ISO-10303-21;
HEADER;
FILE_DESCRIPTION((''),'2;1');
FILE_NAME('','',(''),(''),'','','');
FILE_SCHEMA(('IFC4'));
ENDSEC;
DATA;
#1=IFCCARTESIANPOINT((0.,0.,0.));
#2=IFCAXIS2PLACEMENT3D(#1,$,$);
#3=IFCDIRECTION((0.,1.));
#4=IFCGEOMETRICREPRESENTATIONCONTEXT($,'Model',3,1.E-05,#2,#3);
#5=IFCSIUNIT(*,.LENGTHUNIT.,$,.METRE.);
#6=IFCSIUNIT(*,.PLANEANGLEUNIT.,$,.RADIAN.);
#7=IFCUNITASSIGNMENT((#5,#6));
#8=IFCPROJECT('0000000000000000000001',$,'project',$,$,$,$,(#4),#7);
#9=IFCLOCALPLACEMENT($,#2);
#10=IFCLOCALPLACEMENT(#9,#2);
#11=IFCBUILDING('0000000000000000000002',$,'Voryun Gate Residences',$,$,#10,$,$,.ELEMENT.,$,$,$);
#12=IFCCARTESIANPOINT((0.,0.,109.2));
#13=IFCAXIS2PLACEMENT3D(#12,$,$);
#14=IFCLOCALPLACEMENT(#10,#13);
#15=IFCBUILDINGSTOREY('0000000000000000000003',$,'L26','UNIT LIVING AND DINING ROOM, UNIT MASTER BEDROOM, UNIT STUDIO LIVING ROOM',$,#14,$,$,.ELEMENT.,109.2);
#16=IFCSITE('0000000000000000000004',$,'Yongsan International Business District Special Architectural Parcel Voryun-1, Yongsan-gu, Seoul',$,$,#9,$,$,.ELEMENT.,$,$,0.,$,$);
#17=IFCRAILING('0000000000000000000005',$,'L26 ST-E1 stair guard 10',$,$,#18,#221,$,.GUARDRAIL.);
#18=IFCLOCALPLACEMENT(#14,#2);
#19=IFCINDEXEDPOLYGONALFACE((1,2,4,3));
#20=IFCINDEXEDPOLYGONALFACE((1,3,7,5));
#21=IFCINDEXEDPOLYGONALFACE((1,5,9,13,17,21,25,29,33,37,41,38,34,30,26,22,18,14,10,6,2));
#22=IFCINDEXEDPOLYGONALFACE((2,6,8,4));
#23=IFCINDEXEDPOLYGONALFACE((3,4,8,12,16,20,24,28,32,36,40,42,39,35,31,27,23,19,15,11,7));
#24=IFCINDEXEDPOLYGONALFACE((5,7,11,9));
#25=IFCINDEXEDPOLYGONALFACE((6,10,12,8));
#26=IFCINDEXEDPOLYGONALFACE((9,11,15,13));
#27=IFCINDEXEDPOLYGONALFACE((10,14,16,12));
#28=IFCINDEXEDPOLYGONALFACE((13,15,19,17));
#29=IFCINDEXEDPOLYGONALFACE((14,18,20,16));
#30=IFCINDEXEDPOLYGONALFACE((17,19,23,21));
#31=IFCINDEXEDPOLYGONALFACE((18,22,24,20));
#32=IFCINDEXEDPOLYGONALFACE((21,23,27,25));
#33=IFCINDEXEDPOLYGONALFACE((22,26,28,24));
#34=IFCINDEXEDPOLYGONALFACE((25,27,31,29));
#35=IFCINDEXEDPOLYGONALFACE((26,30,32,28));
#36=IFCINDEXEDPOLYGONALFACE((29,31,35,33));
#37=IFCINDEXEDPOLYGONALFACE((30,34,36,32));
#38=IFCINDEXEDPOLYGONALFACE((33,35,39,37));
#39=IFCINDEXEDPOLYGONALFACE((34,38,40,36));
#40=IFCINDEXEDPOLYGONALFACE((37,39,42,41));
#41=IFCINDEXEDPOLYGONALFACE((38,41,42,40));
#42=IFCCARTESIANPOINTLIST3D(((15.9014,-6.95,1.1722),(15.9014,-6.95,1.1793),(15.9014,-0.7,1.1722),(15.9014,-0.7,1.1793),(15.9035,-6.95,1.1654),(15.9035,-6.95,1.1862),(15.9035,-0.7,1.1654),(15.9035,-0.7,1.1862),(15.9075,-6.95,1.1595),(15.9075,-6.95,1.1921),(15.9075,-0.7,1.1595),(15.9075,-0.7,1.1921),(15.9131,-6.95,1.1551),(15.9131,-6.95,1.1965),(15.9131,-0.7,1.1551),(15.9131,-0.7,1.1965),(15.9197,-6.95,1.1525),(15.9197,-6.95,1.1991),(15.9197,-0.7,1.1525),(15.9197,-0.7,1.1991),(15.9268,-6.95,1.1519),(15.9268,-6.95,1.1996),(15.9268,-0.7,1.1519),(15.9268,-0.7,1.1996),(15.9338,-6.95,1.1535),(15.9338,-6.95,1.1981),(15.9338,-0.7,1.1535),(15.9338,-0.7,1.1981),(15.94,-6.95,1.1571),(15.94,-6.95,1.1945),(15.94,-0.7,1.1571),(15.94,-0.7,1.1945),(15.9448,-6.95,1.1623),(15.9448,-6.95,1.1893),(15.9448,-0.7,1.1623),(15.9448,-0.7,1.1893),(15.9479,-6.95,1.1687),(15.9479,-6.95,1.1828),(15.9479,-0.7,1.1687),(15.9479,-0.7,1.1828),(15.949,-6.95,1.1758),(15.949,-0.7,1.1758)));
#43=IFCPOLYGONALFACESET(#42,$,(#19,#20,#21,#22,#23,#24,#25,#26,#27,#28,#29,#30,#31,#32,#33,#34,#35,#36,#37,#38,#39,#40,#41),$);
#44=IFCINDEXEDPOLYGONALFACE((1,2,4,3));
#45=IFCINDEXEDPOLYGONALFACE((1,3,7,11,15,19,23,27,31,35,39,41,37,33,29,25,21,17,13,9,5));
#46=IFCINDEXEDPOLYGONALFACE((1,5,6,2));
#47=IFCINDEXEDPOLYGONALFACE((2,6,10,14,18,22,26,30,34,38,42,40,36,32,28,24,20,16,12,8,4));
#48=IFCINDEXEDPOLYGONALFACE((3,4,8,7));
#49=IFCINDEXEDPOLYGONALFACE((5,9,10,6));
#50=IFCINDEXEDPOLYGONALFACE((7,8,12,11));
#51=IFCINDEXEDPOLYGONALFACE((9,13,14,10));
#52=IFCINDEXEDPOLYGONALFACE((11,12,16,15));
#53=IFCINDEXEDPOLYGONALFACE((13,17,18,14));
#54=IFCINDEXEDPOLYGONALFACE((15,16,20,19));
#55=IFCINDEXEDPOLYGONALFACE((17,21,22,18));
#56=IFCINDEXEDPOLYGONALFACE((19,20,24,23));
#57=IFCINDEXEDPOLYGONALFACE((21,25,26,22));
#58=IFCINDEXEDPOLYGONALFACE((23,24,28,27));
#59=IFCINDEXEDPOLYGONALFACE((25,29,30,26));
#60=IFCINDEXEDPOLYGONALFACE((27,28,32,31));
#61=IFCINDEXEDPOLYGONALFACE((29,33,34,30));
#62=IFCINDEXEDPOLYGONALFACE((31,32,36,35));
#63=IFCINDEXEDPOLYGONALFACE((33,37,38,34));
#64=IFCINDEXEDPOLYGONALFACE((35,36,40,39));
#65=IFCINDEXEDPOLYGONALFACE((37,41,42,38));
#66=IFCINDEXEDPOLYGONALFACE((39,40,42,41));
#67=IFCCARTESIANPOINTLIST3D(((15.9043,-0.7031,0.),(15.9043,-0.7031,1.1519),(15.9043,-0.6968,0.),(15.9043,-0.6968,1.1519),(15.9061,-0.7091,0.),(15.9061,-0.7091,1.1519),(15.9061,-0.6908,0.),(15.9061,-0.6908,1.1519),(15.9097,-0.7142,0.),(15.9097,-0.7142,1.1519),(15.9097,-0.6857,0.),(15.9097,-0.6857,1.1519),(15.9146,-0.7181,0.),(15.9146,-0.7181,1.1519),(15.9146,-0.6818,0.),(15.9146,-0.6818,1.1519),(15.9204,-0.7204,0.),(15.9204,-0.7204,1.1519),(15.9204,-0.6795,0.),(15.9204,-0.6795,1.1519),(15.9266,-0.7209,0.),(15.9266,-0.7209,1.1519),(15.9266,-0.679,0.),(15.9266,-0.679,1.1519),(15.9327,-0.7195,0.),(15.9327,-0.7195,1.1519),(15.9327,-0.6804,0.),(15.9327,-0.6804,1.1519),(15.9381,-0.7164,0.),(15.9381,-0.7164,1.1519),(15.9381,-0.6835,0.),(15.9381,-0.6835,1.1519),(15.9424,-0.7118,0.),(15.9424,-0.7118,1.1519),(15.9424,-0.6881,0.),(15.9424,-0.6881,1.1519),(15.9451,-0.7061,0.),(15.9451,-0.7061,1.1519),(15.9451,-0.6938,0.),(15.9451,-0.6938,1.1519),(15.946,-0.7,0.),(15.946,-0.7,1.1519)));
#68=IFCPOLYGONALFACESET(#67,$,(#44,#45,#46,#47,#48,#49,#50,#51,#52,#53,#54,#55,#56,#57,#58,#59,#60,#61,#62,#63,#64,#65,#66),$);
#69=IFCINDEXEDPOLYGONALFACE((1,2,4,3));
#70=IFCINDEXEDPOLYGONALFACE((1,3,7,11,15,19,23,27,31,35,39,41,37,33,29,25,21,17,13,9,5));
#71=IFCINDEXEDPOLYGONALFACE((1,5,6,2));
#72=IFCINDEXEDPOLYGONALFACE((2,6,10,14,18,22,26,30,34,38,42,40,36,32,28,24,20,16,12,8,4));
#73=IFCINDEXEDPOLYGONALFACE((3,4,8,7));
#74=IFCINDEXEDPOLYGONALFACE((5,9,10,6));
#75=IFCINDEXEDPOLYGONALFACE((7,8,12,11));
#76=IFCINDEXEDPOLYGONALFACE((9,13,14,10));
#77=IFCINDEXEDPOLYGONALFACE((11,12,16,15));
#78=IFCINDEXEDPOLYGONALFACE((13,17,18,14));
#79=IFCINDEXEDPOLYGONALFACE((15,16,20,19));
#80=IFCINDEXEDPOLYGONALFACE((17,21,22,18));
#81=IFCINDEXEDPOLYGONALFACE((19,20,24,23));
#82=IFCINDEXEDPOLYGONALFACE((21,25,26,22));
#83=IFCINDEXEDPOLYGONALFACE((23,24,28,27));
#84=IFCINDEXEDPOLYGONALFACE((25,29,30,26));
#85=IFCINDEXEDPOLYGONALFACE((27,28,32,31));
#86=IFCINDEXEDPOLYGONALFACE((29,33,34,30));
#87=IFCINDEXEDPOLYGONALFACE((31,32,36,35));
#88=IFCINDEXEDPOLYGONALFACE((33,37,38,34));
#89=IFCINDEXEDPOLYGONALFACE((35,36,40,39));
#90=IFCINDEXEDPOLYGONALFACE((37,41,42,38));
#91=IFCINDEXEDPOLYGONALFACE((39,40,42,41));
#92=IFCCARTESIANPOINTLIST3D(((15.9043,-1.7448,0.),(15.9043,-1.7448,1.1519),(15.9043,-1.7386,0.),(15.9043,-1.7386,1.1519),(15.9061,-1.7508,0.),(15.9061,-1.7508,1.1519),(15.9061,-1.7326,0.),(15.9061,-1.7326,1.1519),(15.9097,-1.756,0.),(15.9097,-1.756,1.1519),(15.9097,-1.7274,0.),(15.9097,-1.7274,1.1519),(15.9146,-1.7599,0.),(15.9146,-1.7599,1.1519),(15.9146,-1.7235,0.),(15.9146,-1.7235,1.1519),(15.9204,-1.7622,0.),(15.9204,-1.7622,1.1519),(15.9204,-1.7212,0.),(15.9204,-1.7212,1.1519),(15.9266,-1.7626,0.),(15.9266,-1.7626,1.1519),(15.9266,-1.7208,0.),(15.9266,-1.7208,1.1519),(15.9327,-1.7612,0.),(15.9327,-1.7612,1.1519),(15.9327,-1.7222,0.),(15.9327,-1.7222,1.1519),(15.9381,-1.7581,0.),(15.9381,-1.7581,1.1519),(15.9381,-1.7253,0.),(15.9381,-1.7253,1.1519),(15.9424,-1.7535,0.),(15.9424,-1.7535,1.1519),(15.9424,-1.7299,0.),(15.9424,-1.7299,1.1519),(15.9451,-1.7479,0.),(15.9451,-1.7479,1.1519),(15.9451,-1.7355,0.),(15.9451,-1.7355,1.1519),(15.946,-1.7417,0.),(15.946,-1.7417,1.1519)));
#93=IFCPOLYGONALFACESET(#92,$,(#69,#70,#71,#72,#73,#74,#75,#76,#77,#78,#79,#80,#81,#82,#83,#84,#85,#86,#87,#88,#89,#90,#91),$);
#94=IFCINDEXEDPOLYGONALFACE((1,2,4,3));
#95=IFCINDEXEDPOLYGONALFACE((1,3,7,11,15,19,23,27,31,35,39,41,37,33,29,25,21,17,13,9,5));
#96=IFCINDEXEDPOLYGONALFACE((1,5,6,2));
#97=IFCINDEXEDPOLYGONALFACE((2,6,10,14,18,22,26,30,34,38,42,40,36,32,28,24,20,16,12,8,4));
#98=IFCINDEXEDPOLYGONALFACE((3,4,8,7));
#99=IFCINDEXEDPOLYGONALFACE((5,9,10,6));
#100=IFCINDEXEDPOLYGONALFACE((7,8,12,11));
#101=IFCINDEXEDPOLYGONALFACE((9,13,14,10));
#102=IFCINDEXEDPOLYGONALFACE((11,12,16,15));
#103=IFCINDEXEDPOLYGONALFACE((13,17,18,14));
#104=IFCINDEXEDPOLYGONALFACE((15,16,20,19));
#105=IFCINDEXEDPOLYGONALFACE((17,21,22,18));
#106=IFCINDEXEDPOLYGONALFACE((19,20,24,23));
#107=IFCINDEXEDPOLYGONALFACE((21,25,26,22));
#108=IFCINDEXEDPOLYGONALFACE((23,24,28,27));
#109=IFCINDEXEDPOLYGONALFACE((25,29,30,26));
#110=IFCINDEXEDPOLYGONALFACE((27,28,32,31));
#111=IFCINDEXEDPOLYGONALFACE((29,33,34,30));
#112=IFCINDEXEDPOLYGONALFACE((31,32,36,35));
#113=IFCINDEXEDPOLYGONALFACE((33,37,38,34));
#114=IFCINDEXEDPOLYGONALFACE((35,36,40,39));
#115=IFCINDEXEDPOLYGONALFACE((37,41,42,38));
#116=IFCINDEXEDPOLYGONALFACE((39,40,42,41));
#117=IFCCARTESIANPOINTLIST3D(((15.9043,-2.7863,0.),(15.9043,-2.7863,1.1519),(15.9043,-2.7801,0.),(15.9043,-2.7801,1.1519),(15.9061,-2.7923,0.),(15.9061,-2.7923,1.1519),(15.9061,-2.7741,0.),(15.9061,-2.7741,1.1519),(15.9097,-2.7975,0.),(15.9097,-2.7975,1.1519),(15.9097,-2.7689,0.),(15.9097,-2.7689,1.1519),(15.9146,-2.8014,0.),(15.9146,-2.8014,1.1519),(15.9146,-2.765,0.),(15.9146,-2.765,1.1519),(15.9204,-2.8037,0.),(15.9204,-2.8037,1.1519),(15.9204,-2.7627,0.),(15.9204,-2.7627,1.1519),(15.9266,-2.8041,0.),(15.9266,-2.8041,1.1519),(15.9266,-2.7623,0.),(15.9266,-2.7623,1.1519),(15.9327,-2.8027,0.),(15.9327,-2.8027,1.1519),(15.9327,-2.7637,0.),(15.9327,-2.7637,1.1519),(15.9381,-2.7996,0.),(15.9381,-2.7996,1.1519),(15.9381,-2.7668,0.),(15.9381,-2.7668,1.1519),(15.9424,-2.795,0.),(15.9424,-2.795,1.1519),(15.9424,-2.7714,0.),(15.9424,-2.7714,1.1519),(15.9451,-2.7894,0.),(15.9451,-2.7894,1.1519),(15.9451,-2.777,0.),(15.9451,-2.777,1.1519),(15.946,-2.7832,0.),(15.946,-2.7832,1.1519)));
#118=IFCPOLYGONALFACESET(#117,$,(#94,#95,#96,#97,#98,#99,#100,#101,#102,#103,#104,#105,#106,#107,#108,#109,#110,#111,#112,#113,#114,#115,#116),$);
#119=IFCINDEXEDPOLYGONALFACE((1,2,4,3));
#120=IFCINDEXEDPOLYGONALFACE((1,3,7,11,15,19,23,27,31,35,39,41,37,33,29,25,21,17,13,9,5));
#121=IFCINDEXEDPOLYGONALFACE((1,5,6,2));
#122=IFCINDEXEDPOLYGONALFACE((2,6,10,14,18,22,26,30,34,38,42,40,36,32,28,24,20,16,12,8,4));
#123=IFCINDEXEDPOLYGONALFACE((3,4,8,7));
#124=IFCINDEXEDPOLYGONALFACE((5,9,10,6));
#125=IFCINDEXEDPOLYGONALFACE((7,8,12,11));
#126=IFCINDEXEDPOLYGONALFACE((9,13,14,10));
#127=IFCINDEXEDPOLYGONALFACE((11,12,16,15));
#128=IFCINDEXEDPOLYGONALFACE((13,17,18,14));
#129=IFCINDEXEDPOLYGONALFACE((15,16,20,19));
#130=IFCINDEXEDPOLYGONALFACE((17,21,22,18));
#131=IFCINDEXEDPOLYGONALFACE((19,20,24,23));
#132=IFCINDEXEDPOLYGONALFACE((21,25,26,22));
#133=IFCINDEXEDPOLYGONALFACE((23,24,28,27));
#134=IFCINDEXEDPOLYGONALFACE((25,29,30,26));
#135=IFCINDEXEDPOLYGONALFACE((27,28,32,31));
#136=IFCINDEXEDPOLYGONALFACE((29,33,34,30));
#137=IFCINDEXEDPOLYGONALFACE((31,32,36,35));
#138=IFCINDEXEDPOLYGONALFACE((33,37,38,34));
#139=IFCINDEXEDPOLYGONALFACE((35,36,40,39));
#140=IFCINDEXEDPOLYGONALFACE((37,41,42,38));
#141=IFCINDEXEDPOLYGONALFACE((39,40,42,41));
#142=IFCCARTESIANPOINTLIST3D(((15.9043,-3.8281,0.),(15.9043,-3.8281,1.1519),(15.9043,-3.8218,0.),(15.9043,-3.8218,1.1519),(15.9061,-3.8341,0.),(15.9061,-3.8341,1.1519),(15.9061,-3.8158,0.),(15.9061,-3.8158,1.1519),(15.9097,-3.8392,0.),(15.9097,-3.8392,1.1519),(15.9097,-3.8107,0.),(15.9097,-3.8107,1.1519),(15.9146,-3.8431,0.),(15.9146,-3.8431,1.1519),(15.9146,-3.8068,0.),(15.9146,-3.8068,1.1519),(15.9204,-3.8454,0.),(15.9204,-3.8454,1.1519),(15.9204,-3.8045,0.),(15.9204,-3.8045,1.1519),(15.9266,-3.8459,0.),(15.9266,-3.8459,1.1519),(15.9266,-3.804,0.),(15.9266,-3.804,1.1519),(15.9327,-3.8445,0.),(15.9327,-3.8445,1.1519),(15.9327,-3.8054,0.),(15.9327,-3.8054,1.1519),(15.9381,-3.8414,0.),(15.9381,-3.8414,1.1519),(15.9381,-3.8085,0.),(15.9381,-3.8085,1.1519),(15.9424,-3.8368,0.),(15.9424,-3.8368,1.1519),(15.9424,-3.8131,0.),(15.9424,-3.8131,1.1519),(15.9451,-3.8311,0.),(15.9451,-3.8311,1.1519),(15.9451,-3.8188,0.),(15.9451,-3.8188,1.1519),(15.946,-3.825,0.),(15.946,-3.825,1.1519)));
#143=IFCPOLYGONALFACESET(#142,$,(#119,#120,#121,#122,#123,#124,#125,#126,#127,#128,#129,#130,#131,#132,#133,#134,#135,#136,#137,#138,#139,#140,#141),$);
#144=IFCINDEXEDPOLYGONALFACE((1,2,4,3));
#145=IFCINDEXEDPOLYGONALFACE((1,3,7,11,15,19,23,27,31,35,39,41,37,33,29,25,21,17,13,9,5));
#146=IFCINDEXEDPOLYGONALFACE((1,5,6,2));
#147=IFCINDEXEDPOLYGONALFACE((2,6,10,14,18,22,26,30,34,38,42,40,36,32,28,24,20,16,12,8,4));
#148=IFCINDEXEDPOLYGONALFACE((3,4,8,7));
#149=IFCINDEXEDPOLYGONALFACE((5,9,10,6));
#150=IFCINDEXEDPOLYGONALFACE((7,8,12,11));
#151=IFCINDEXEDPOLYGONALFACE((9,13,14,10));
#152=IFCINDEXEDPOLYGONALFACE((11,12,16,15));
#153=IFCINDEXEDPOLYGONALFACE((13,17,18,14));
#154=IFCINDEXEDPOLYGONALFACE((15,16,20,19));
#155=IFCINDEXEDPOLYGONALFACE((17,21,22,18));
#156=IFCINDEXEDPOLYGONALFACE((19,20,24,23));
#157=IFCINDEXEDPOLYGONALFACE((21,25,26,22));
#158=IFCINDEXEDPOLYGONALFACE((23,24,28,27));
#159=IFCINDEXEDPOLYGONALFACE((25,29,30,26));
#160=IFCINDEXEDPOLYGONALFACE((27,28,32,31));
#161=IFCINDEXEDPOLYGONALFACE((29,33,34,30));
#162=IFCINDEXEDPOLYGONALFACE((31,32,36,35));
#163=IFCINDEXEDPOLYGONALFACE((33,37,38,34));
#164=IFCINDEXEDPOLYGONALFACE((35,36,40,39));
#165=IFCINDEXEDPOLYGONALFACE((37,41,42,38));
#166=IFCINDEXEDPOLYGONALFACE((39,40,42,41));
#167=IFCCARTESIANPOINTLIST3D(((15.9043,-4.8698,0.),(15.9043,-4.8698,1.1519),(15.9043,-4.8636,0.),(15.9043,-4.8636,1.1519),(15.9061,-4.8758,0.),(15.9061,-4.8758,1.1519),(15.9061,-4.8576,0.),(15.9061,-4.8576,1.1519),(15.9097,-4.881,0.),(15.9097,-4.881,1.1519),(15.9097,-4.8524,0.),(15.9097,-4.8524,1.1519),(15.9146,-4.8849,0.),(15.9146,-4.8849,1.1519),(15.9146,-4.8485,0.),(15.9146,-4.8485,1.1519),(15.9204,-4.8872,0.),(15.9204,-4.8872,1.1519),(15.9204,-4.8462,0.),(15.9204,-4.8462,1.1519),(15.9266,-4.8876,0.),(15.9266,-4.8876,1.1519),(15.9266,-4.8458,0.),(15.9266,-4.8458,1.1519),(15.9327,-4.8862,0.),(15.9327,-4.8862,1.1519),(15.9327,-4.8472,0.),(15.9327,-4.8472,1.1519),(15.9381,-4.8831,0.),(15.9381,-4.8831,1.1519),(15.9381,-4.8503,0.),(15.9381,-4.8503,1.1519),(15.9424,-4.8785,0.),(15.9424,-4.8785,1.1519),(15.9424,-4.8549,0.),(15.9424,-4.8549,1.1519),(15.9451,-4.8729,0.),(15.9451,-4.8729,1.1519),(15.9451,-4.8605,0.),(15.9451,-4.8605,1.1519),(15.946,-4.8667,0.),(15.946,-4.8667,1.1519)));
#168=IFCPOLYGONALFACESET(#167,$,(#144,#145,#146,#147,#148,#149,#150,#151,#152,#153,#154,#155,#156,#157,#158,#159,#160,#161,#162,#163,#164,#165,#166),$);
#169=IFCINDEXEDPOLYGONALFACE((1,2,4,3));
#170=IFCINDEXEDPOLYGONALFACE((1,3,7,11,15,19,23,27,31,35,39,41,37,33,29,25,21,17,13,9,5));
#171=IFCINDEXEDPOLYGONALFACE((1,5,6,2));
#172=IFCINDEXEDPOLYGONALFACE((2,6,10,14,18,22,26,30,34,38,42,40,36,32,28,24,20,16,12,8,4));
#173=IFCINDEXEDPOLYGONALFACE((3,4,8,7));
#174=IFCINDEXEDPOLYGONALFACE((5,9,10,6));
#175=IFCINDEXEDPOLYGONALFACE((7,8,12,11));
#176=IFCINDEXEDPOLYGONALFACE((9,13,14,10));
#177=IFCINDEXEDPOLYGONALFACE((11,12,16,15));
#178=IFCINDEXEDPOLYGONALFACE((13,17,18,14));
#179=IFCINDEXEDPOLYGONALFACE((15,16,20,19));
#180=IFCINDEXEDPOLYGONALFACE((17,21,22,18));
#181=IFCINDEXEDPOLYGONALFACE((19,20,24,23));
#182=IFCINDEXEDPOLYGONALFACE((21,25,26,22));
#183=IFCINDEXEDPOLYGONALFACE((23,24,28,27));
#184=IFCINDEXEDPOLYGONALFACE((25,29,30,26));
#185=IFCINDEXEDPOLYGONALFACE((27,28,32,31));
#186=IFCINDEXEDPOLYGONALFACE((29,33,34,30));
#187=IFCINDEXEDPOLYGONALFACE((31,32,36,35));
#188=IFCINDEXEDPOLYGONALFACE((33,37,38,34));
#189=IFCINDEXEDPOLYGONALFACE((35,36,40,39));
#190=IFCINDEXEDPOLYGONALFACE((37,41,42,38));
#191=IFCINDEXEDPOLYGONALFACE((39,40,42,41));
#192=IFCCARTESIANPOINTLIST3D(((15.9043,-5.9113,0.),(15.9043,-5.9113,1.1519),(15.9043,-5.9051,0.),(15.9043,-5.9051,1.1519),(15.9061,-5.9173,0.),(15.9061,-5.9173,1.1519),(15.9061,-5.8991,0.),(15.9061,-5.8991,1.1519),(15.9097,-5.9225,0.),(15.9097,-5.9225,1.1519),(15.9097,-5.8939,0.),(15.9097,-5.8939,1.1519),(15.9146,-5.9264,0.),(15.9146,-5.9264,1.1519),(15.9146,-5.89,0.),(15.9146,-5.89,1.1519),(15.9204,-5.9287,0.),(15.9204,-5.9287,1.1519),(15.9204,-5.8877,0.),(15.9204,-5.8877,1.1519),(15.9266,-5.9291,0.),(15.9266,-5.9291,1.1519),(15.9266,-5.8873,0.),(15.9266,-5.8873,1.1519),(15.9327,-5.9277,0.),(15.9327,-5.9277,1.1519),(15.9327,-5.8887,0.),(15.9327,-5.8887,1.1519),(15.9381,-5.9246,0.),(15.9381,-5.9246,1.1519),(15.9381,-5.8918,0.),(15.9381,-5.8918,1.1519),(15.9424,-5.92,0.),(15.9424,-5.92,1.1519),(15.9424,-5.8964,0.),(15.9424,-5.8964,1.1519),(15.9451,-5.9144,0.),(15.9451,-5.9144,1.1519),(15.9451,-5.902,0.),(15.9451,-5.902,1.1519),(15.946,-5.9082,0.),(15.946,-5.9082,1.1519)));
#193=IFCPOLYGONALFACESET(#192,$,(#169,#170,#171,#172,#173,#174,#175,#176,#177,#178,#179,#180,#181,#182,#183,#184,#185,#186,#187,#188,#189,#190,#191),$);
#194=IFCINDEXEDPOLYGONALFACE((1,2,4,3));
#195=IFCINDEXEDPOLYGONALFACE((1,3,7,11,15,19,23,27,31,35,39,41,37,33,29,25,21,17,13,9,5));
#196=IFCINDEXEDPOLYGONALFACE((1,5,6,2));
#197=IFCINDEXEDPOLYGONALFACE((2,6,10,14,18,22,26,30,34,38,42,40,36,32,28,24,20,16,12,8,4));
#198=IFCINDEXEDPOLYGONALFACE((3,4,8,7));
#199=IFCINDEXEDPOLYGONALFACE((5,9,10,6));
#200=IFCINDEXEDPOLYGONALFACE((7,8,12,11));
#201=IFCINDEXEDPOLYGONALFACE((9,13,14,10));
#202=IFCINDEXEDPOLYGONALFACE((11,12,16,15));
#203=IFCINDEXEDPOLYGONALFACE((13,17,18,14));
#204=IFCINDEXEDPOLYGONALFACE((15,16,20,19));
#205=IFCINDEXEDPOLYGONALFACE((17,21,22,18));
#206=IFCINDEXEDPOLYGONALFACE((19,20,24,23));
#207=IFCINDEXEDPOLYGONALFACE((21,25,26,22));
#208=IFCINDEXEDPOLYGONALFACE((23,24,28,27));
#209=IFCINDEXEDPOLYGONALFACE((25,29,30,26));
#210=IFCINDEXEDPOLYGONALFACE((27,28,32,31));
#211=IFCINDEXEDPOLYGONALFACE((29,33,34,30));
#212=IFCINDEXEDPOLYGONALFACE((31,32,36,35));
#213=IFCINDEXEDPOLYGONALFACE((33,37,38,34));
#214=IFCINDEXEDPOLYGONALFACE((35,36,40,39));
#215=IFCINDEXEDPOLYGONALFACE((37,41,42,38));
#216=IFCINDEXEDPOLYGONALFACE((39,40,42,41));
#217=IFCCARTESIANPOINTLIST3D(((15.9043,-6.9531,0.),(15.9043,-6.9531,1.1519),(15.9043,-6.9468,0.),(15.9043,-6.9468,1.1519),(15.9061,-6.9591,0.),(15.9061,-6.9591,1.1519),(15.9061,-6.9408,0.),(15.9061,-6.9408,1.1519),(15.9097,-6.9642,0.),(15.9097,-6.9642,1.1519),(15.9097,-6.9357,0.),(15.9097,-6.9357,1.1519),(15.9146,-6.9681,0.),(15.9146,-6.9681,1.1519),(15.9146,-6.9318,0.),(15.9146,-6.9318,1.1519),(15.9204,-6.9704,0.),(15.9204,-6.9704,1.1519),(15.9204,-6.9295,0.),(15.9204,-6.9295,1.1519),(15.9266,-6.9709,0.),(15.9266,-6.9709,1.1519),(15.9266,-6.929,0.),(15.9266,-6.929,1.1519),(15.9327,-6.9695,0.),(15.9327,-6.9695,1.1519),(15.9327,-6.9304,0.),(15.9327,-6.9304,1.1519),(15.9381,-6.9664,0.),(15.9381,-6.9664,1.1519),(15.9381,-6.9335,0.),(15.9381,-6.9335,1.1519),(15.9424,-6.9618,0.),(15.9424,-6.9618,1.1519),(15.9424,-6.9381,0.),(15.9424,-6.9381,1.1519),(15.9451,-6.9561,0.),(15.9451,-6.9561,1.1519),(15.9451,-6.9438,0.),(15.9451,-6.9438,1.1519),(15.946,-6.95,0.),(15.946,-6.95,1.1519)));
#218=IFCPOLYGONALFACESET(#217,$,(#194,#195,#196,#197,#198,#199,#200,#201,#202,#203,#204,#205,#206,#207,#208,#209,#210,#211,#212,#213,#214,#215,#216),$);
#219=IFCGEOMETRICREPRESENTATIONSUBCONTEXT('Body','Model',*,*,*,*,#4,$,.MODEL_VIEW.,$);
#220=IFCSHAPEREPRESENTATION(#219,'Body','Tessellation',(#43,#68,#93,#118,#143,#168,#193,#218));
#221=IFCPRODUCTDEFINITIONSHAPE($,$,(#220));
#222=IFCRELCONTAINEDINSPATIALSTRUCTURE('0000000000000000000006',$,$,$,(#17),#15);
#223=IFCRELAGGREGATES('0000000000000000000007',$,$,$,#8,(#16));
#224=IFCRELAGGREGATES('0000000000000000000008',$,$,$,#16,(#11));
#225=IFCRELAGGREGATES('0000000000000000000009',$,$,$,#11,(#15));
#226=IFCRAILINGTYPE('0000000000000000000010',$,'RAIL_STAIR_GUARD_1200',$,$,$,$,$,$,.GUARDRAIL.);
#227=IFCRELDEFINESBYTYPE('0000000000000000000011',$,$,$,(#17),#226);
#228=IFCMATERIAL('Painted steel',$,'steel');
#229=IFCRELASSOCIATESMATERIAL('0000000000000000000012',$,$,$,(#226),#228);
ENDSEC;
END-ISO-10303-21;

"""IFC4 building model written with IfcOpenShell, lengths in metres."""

from ifc_helpers import new_model, si_unit, direction, frame, origin, origin_2d, place, context, subcontext, project, spatial, circle, extrude, material, type_object, element, save


model = new_model("IFC4")

# Units and contexts
model_context = context("Model", 3, precision=1e-05, world=origin(), true_north=direction((0.0, 1.0)))
body_context = subcontext(model_context, "Body", "Model", "MODEL_VIEW")
ifc_project = project(units=[si_unit("LENGTHUNIT", "METRE"), si_unit("PLANEANGLEUNIT", "RADIAN")], contexts=[model_context])

# Site, building, storey
site_placement = place(None, origin())
site = spatial("IfcSite", under=ifc_project, at=site_placement, Name="Yongsan International Business District Special Architectural Parcel Voryun-1, Yongsan-gu, Seoul", CompositionType="ELEMENT", RefElevation=0.0)
building_placement = place(site_placement, origin())
building = spatial("IfcBuilding", under=site, at=building_placement, Name="Voryun Gate Residences", CompositionType="ELEMENT")
storey_placement = place(building_placement, frame((0.0, 0.0, 109.2)))
storey = spatial("IfcBuildingStorey", under=building, at=storey_placement, Name="L26", Description="UNIT LIVING AND DINING ROOM, UNIT MASTER BEDROOM, UNIT STUDIO LIVING ROOM", CompositionType="ELEMENT", Elevation=109.2)

# Railing
ifc_material_1 = material(Name="Painted steel", Category="steel")
railing_type_1 = type_object("IfcRailingType", Name="RAIL_STAIR_GUARD_1200", PredefinedType="GUARDRAIL", material=ifc_material_1)
railing_1_placement = place(storey_placement, frame((15.925, -0.7, 0.0)))
element("IfcRailing", 1, at=railing_1_placement, inside=storey, type_object=railing_type_1, Name="L26 ST-E1 stair guard 10", PredefinedType="GUARDRAIL", context=body_context, shape_type="SweptSolid", body=[
    extrude(circle(Radius=0.0239, at=origin_2d()), frame((0.0, 0.0, 1.1758), z_axis=(0.0, -1.0, 0.0), x_axis=(1.0, 0.0, 0.0)), (0.0, 0.0, 1.0), 6.25),
    extrude(circle(Radius=0.021, at=origin_2d()), origin(), (0.0, 0.0, 1.0), 1.1519),
    extrude(circle(Radius=0.021, at=origin_2d()), frame((0.0, -1.0417, 0.0)), (0.0, 0.0, 1.0), 1.1519),
    extrude(circle(Radius=0.021, at=origin_2d()), frame((0.0, -2.0833, 0.0)), (0.0, 0.0, 1.0), 1.1519),
    extrude(circle(Radius=0.021, at=origin_2d()), frame((0.0, -3.125, 0.0)), (0.0, 0.0, 1.0), 1.1519),
    extrude(circle(Radius=0.021, at=origin_2d()), frame((0.0, -4.1667, 0.0)), (0.0, 0.0, 1.0), 1.1519),
    extrude(circle(Radius=0.021, at=origin_2d()), frame((0.0, -5.2083, 0.0)), (0.0, 0.0, 1.0), 1.1519),
    extrude(circle(Radius=0.021, at=origin_2d()), frame((0.0, -6.25, 0.0)), (0.0, 0.0, 1.0), 1.1519),
])

save(model, "model.ifc")
